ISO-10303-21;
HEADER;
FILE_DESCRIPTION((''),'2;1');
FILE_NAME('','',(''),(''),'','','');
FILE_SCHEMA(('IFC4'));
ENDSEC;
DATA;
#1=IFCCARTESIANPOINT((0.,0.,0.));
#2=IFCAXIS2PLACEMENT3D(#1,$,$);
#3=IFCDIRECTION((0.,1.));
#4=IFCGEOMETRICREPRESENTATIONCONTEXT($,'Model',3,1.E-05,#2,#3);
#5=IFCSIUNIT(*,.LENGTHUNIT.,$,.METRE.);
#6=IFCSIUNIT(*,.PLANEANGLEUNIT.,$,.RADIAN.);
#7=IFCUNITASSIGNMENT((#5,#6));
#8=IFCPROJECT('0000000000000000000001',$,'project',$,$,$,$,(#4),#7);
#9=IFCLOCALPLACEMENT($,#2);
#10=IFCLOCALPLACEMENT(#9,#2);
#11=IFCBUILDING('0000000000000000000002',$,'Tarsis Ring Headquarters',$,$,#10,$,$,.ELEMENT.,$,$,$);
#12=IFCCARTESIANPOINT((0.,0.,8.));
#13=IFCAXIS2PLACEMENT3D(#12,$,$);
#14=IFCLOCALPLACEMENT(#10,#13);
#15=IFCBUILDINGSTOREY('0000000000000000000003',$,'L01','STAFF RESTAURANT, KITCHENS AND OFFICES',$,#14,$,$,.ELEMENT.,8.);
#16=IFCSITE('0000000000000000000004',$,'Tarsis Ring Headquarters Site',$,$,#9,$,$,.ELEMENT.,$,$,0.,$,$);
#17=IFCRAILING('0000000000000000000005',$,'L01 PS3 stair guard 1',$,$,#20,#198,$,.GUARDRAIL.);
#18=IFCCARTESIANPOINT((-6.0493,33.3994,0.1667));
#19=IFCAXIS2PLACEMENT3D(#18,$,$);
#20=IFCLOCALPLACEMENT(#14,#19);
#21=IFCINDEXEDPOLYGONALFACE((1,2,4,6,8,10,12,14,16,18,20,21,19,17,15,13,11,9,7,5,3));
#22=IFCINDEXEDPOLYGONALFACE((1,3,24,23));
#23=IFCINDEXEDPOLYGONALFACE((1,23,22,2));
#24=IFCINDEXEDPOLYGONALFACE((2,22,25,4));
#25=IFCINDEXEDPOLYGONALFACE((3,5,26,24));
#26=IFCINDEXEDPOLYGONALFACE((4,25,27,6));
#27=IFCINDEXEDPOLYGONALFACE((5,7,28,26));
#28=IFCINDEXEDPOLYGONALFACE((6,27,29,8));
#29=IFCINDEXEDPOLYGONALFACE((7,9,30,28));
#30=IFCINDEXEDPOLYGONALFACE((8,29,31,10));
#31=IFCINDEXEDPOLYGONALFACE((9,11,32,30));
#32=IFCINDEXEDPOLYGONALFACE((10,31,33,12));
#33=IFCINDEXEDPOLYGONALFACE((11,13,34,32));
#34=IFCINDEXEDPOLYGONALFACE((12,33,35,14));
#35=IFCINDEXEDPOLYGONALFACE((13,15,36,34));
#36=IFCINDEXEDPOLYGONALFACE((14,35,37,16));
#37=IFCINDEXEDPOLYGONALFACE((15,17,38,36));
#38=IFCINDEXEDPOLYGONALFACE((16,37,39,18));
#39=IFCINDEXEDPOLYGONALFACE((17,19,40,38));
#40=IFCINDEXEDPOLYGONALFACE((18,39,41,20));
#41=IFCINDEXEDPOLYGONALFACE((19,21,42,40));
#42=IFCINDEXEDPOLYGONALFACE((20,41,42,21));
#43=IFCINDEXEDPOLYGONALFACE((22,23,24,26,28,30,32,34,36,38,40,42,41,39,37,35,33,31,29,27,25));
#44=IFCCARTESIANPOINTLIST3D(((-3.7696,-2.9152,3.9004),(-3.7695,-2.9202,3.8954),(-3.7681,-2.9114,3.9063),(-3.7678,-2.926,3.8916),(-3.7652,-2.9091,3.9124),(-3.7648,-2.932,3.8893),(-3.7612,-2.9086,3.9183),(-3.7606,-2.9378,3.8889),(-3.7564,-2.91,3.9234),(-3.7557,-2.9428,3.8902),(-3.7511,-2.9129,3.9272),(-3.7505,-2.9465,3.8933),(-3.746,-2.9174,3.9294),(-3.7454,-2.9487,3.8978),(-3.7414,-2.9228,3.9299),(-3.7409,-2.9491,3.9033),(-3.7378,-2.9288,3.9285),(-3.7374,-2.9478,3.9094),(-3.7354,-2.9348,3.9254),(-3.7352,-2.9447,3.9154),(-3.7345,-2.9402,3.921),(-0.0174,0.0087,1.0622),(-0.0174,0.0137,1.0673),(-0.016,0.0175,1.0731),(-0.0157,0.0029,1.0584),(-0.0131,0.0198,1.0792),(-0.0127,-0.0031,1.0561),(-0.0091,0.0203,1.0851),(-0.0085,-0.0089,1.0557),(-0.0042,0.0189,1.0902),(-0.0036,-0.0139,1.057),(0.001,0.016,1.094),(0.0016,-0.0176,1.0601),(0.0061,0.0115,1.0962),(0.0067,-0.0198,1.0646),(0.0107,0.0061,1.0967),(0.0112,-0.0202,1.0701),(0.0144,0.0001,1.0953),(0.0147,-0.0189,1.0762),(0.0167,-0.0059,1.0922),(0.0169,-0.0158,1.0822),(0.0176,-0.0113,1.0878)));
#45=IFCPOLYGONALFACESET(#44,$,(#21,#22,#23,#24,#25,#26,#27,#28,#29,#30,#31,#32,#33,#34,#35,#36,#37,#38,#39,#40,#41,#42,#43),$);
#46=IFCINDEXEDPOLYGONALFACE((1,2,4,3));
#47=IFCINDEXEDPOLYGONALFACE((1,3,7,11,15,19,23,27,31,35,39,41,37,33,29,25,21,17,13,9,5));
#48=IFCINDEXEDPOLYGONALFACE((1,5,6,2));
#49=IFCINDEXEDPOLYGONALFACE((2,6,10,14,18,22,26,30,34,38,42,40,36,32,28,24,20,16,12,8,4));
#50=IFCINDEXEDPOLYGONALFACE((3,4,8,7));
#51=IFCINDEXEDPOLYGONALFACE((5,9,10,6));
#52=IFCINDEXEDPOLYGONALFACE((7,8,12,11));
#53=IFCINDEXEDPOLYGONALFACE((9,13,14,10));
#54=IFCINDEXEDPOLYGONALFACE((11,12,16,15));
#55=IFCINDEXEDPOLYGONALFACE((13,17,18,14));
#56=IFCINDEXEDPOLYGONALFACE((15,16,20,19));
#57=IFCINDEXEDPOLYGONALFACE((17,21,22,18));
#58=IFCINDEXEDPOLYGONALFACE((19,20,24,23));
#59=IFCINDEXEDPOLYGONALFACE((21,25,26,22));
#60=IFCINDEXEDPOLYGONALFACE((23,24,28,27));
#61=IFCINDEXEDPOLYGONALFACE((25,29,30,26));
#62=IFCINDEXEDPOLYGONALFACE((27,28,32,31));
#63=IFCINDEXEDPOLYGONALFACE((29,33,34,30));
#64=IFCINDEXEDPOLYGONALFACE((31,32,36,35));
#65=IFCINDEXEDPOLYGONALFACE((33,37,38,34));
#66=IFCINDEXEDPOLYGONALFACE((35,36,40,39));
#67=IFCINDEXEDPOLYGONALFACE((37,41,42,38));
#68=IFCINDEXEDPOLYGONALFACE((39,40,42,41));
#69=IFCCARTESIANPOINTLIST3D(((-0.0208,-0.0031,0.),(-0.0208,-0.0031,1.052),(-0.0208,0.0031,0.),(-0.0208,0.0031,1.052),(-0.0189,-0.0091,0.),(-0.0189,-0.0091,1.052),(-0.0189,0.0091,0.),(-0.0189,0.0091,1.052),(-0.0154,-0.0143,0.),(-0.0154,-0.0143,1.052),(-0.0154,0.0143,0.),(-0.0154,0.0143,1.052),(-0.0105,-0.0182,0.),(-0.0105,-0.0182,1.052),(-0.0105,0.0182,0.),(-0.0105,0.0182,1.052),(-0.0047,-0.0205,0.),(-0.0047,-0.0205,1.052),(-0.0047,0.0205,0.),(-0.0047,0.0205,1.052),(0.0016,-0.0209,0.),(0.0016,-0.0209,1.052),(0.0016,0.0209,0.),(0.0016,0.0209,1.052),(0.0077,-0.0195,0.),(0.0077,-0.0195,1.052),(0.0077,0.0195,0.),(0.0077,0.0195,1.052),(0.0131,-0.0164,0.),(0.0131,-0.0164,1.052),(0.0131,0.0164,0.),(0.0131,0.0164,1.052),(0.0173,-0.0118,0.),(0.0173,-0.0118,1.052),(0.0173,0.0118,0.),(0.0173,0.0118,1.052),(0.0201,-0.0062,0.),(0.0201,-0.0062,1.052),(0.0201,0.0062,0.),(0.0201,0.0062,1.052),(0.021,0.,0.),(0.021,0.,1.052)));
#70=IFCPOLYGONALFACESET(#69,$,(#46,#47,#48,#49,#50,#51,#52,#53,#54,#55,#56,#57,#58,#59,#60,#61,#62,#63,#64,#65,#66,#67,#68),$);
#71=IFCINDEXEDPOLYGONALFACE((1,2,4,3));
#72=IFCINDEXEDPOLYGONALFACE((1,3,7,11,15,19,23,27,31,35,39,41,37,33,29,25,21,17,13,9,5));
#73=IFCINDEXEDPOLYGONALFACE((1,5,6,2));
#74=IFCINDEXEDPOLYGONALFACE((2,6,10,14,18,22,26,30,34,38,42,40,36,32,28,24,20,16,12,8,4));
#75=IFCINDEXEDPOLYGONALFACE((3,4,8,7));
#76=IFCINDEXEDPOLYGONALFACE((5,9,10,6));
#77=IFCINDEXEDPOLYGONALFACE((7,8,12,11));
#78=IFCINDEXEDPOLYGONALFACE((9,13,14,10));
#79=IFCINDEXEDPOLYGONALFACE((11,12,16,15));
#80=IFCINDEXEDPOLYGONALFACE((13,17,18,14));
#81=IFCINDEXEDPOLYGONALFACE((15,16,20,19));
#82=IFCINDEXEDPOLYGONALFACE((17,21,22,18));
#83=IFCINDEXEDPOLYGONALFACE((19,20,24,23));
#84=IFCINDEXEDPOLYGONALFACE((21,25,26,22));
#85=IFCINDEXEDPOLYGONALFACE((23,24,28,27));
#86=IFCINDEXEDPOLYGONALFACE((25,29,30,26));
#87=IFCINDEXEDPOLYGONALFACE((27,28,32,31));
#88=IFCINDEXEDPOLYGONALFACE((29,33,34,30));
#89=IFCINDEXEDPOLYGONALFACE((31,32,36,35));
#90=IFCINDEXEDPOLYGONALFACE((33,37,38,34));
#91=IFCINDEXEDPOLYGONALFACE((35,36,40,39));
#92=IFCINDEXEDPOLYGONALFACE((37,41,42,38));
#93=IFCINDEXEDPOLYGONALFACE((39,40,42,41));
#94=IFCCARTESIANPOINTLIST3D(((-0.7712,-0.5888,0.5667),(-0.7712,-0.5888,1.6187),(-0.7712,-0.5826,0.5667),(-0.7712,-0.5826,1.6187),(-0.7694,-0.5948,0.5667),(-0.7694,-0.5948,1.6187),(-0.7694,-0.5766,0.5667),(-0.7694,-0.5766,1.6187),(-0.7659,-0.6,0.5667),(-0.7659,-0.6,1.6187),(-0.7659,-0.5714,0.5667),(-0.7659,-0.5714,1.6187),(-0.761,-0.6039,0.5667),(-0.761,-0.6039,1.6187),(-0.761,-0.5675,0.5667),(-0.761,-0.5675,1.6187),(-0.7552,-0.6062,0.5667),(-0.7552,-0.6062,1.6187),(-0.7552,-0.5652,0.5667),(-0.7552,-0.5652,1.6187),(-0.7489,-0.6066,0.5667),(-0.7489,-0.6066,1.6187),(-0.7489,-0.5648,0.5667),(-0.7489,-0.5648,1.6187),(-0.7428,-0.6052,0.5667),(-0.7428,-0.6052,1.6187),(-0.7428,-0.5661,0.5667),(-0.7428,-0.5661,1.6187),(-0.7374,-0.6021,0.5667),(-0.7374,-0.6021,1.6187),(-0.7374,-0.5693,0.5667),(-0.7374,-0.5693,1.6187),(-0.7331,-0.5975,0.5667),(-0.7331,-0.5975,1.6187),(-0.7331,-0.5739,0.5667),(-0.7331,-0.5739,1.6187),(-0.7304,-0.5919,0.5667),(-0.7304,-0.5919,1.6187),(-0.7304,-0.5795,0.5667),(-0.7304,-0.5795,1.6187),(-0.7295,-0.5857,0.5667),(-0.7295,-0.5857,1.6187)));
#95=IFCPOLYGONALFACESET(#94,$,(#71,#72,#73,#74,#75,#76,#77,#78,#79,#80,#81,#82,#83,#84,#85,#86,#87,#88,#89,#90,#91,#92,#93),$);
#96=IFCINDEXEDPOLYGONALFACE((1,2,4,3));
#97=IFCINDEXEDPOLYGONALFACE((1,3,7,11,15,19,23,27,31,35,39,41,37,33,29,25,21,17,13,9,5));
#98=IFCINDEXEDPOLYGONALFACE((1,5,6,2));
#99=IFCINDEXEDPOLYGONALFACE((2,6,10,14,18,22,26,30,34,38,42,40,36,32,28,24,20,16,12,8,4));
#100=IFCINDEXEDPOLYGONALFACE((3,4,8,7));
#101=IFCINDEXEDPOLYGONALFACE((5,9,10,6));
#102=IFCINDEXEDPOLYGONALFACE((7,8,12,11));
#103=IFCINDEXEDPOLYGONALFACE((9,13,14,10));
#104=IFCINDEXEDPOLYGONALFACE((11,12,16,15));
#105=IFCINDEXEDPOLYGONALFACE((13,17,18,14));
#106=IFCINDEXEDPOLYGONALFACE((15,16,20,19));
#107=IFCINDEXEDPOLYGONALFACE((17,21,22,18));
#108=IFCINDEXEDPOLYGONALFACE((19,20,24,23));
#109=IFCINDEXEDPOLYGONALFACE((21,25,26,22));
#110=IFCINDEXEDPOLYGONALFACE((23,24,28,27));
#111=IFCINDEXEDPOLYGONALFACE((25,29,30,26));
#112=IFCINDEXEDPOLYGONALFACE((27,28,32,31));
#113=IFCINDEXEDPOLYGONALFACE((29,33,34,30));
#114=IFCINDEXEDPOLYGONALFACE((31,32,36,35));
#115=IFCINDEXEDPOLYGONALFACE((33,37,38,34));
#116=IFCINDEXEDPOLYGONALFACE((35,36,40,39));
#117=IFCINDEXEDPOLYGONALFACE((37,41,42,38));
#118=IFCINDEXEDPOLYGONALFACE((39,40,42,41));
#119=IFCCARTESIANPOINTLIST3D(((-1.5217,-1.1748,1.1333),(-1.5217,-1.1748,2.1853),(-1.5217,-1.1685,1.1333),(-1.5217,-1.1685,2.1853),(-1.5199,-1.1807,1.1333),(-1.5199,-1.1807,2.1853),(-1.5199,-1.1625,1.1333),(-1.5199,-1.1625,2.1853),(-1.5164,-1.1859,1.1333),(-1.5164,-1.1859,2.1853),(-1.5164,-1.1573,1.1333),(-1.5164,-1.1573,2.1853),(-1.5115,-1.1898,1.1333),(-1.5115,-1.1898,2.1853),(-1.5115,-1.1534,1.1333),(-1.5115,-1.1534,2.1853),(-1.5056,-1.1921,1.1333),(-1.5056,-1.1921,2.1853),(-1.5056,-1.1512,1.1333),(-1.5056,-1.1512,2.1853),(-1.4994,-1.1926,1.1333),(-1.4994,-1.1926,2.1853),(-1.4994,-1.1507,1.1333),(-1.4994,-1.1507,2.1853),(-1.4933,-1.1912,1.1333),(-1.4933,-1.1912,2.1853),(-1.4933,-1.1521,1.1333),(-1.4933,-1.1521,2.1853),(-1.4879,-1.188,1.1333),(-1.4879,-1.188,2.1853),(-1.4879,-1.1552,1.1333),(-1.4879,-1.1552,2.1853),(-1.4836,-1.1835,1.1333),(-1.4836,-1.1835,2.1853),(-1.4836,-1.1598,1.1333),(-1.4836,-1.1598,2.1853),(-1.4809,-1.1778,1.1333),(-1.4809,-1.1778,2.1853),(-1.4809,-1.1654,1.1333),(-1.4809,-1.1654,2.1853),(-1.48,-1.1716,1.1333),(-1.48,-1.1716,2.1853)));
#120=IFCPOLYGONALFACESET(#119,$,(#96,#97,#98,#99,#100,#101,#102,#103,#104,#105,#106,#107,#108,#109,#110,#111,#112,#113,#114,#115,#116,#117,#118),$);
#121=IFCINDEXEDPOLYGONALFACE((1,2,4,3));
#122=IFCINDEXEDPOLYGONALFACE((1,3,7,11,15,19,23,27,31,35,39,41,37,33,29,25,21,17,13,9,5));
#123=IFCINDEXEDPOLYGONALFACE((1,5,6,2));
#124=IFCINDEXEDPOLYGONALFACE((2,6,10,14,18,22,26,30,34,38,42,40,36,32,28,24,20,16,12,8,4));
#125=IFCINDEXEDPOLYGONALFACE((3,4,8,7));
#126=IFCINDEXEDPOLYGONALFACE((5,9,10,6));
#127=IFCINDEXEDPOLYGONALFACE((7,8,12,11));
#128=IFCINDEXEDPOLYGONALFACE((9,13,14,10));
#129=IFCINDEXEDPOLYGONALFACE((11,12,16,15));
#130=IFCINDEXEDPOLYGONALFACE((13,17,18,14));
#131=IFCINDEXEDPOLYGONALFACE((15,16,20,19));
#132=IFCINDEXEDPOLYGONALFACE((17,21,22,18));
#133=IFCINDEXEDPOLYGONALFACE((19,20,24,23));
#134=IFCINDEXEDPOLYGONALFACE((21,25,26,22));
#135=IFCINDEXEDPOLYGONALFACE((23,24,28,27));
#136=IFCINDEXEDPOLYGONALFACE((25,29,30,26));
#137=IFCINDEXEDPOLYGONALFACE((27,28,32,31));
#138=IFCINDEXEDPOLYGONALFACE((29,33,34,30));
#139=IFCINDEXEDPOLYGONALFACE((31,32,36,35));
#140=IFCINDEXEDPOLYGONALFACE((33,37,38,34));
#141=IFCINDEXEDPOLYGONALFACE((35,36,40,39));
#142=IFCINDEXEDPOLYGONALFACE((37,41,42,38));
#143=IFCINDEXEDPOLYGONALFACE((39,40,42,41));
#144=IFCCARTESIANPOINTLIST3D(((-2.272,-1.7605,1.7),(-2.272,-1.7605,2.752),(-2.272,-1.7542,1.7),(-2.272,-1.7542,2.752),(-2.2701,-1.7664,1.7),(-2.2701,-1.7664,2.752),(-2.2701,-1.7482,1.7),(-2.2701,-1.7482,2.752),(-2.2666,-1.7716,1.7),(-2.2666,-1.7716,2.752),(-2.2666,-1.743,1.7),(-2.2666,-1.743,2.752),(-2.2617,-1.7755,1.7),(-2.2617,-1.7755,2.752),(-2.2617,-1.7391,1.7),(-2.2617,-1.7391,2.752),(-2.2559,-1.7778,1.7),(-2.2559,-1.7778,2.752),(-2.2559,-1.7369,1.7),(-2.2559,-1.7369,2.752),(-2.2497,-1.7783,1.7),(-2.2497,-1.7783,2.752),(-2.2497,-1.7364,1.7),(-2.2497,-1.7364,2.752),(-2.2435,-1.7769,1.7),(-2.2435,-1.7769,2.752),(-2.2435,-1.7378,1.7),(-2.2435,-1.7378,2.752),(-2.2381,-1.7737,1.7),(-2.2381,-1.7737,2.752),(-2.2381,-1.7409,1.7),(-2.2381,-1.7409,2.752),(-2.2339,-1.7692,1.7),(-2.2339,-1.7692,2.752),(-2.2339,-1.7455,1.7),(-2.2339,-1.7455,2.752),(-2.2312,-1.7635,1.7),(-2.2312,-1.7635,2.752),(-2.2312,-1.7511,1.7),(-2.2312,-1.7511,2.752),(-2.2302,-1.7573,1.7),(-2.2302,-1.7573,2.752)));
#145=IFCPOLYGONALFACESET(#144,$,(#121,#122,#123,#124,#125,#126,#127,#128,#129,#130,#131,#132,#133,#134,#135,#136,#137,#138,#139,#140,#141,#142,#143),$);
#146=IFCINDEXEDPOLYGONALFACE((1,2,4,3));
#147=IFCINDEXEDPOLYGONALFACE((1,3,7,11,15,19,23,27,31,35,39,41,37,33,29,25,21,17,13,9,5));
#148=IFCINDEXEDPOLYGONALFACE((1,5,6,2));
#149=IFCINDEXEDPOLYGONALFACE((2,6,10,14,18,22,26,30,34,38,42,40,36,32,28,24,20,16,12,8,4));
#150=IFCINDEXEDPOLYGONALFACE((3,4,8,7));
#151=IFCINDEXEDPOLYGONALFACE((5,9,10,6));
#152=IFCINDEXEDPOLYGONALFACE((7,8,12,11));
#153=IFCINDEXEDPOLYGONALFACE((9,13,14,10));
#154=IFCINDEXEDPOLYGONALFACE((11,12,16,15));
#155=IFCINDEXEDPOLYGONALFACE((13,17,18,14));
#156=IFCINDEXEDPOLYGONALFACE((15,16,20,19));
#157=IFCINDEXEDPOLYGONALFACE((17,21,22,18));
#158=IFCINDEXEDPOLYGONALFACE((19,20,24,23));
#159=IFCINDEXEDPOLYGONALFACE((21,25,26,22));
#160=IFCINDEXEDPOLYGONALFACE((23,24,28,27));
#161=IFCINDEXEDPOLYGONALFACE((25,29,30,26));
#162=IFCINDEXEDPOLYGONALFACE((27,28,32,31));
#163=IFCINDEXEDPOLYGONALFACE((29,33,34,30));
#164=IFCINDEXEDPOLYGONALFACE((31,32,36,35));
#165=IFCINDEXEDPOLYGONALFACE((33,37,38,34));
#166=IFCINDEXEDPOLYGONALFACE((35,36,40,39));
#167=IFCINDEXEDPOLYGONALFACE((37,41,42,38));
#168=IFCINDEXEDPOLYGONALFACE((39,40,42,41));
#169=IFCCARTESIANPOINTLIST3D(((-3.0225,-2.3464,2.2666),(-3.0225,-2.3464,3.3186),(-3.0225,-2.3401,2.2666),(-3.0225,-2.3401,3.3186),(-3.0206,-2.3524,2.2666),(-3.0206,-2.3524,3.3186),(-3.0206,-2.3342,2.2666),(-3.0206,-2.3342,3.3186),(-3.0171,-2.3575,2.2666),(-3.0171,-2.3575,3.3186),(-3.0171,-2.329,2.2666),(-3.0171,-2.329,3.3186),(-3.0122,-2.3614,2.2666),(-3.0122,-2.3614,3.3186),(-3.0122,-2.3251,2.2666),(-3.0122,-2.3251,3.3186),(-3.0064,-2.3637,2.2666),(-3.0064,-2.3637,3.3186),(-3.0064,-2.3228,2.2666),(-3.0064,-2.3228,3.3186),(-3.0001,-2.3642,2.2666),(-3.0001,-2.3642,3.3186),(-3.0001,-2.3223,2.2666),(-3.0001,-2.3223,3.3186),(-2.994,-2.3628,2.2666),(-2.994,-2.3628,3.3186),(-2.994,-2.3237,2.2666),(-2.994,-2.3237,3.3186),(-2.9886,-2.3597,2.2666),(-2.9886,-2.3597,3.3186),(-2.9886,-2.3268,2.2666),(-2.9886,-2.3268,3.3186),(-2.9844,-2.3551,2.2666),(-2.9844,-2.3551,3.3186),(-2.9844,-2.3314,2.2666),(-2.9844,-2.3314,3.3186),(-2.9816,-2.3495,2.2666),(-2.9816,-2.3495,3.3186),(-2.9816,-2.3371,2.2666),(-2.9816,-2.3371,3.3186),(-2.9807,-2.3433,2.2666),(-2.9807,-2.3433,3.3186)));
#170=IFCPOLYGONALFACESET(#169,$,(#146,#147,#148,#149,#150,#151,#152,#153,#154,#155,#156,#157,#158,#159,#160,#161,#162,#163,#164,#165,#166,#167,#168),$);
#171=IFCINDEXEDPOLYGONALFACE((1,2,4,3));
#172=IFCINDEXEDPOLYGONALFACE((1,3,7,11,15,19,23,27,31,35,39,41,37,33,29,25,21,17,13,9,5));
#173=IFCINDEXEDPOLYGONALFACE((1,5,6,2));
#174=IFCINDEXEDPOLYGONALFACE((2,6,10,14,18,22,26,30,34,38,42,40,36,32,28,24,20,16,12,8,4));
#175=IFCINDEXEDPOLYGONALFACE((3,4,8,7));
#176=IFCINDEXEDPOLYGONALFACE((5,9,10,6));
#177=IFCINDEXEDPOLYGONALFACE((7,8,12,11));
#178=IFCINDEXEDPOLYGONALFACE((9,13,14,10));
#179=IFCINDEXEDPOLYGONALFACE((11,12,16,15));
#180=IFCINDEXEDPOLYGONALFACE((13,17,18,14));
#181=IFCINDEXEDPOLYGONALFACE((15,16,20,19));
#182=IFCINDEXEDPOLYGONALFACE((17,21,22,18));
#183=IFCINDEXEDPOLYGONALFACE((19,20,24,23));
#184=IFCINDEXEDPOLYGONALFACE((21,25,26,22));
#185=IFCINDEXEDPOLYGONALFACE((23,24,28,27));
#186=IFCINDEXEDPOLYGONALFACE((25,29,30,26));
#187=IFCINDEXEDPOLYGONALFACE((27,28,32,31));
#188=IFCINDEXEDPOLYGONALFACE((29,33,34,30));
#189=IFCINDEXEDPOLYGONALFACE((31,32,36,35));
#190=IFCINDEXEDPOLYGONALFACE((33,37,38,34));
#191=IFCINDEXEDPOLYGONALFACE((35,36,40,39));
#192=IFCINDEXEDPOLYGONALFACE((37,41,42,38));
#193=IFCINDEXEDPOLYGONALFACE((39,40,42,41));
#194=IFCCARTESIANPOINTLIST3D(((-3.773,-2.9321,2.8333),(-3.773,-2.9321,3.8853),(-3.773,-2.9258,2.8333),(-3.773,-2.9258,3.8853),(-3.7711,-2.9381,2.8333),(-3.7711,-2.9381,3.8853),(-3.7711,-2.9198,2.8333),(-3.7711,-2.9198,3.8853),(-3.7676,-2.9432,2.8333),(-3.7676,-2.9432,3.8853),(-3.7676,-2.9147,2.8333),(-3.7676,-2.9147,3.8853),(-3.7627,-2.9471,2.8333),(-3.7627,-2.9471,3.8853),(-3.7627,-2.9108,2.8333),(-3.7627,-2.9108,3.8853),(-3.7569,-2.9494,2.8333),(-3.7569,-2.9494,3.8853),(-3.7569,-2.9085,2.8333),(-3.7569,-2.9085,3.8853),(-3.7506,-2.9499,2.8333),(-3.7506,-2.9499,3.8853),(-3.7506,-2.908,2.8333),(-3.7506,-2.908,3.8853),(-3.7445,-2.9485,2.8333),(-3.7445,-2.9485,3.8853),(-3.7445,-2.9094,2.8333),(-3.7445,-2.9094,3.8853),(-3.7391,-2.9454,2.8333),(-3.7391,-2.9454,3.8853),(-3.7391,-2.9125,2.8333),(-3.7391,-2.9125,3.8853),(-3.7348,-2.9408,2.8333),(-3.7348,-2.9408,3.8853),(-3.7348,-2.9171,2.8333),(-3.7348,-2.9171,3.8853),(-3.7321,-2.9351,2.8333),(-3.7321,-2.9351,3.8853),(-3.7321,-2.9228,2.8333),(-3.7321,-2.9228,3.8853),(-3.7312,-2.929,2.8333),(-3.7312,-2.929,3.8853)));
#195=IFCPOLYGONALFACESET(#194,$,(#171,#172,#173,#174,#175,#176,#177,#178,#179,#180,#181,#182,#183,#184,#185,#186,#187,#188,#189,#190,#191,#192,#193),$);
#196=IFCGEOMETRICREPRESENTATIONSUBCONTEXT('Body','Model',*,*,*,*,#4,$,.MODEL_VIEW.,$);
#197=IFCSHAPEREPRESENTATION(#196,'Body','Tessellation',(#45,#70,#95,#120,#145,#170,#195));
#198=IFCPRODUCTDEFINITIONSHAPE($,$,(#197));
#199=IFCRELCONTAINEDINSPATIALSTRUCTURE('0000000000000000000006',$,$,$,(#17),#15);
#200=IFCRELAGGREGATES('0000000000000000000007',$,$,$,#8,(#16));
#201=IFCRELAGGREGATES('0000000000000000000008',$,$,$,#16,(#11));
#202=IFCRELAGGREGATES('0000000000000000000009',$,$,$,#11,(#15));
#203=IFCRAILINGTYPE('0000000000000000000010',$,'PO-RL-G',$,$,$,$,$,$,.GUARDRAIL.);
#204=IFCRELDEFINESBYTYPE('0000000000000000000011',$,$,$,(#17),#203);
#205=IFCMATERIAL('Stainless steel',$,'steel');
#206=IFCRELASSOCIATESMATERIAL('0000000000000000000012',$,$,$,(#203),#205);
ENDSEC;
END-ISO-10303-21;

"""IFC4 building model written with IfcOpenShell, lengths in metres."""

from ifc_helpers import new_model, si_unit, direction, frame, origin, origin_2d, place, context, subcontext, project, spatial, circle, extrude, material, type_object, element, save


model = new_model("IFC4")

# Units and contexts
model_context = context("Model", 3, precision=1e-05, world=origin(), true_north=direction((0.0, 1.0)))
body_context = subcontext(model_context, "Body", "Model", "MODEL_VIEW")
ifc_project = project(units=[si_unit("LENGTHUNIT", "METRE"), si_unit("PLANEANGLEUNIT", "RADIAN")], contexts=[model_context])

# Site, building, storey
site_placement = place(None, origin())
site = spatial("IfcSite", under=ifc_project, at=site_placement, Name="Tarsis Ring Headquarters Site", CompositionType="ELEMENT", RefElevation=0.0)
building_placement = place(site_placement, origin())
building = spatial("IfcBuilding", under=site, at=building_placement, Name="Tarsis Ring Headquarters", CompositionType="ELEMENT")
storey_placement = place(building_placement, frame((0.0, 0.0, 8.0)))
storey = spatial("IfcBuildingStorey", under=building, at=storey_placement, Name="L01", Description="STAFF RESTAURANT, KITCHENS AND OFFICES", CompositionType="ELEMENT", Elevation=8.0)

# Railing
ifc_material_1 = material(Name="Stainless steel", Category="steel")
railing_type_1 = type_object("IfcRailingType", Name="PO-RL-G", PredefinedType="GUARDRAIL", material=ifc_material_1)
railing_1_placement = place(storey_placement, frame((-6.0493, 33.3994, 0.1667)))
element("IfcRailing", 1, at=railing_1_placement, inside=storey, type_object=railing_type_1, Name="L01 PS3 stair guard 1", PredefinedType="GUARDRAIL", context=body_context, shape_type="SweptSolid", body=[
    extrude(circle(Radius=0.0239, at=origin_2d()), frame((0.0, 0.0, 1.0762), z_axis=(-0.677364, -0.528748, 0.511472), x_axis=(0.615324, -0.788274, 0.0)), (0.0, 0.0, 1.0), 5.5393),
    extrude(circle(Radius=0.021, at=origin_2d()), origin(), (0.0, 0.0, 1.0), 1.052),
    extrude(circle(Radius=0.021, at=origin_2d()), frame((-0.7505, -0.5857, 0.5667)), (0.0, 0.0, 1.0), 1.052),
    extrude(circle(Radius=0.021, at=origin_2d()), frame((-1.501, -1.1716, 1.1333)), (0.0, 0.0, 1.0), 1.052),
    extrude(circle(Radius=0.021, at=origin_2d()), frame((-2.2512, -1.7573, 1.7)), (0.0, 0.0, 1.0), 1.052),
    extrude(circle(Radius=0.021, at=origin_2d()), frame((-3.0017, -2.3433, 2.2666)), (0.0, 0.0, 1.0), 1.052),
    extrude(circle(Radius=0.021, at=origin_2d()), frame((-3.7522, -2.929, 2.8333)), (0.0, 0.0, 1.0), 1.052),
])

save(model, "model.ifc")
